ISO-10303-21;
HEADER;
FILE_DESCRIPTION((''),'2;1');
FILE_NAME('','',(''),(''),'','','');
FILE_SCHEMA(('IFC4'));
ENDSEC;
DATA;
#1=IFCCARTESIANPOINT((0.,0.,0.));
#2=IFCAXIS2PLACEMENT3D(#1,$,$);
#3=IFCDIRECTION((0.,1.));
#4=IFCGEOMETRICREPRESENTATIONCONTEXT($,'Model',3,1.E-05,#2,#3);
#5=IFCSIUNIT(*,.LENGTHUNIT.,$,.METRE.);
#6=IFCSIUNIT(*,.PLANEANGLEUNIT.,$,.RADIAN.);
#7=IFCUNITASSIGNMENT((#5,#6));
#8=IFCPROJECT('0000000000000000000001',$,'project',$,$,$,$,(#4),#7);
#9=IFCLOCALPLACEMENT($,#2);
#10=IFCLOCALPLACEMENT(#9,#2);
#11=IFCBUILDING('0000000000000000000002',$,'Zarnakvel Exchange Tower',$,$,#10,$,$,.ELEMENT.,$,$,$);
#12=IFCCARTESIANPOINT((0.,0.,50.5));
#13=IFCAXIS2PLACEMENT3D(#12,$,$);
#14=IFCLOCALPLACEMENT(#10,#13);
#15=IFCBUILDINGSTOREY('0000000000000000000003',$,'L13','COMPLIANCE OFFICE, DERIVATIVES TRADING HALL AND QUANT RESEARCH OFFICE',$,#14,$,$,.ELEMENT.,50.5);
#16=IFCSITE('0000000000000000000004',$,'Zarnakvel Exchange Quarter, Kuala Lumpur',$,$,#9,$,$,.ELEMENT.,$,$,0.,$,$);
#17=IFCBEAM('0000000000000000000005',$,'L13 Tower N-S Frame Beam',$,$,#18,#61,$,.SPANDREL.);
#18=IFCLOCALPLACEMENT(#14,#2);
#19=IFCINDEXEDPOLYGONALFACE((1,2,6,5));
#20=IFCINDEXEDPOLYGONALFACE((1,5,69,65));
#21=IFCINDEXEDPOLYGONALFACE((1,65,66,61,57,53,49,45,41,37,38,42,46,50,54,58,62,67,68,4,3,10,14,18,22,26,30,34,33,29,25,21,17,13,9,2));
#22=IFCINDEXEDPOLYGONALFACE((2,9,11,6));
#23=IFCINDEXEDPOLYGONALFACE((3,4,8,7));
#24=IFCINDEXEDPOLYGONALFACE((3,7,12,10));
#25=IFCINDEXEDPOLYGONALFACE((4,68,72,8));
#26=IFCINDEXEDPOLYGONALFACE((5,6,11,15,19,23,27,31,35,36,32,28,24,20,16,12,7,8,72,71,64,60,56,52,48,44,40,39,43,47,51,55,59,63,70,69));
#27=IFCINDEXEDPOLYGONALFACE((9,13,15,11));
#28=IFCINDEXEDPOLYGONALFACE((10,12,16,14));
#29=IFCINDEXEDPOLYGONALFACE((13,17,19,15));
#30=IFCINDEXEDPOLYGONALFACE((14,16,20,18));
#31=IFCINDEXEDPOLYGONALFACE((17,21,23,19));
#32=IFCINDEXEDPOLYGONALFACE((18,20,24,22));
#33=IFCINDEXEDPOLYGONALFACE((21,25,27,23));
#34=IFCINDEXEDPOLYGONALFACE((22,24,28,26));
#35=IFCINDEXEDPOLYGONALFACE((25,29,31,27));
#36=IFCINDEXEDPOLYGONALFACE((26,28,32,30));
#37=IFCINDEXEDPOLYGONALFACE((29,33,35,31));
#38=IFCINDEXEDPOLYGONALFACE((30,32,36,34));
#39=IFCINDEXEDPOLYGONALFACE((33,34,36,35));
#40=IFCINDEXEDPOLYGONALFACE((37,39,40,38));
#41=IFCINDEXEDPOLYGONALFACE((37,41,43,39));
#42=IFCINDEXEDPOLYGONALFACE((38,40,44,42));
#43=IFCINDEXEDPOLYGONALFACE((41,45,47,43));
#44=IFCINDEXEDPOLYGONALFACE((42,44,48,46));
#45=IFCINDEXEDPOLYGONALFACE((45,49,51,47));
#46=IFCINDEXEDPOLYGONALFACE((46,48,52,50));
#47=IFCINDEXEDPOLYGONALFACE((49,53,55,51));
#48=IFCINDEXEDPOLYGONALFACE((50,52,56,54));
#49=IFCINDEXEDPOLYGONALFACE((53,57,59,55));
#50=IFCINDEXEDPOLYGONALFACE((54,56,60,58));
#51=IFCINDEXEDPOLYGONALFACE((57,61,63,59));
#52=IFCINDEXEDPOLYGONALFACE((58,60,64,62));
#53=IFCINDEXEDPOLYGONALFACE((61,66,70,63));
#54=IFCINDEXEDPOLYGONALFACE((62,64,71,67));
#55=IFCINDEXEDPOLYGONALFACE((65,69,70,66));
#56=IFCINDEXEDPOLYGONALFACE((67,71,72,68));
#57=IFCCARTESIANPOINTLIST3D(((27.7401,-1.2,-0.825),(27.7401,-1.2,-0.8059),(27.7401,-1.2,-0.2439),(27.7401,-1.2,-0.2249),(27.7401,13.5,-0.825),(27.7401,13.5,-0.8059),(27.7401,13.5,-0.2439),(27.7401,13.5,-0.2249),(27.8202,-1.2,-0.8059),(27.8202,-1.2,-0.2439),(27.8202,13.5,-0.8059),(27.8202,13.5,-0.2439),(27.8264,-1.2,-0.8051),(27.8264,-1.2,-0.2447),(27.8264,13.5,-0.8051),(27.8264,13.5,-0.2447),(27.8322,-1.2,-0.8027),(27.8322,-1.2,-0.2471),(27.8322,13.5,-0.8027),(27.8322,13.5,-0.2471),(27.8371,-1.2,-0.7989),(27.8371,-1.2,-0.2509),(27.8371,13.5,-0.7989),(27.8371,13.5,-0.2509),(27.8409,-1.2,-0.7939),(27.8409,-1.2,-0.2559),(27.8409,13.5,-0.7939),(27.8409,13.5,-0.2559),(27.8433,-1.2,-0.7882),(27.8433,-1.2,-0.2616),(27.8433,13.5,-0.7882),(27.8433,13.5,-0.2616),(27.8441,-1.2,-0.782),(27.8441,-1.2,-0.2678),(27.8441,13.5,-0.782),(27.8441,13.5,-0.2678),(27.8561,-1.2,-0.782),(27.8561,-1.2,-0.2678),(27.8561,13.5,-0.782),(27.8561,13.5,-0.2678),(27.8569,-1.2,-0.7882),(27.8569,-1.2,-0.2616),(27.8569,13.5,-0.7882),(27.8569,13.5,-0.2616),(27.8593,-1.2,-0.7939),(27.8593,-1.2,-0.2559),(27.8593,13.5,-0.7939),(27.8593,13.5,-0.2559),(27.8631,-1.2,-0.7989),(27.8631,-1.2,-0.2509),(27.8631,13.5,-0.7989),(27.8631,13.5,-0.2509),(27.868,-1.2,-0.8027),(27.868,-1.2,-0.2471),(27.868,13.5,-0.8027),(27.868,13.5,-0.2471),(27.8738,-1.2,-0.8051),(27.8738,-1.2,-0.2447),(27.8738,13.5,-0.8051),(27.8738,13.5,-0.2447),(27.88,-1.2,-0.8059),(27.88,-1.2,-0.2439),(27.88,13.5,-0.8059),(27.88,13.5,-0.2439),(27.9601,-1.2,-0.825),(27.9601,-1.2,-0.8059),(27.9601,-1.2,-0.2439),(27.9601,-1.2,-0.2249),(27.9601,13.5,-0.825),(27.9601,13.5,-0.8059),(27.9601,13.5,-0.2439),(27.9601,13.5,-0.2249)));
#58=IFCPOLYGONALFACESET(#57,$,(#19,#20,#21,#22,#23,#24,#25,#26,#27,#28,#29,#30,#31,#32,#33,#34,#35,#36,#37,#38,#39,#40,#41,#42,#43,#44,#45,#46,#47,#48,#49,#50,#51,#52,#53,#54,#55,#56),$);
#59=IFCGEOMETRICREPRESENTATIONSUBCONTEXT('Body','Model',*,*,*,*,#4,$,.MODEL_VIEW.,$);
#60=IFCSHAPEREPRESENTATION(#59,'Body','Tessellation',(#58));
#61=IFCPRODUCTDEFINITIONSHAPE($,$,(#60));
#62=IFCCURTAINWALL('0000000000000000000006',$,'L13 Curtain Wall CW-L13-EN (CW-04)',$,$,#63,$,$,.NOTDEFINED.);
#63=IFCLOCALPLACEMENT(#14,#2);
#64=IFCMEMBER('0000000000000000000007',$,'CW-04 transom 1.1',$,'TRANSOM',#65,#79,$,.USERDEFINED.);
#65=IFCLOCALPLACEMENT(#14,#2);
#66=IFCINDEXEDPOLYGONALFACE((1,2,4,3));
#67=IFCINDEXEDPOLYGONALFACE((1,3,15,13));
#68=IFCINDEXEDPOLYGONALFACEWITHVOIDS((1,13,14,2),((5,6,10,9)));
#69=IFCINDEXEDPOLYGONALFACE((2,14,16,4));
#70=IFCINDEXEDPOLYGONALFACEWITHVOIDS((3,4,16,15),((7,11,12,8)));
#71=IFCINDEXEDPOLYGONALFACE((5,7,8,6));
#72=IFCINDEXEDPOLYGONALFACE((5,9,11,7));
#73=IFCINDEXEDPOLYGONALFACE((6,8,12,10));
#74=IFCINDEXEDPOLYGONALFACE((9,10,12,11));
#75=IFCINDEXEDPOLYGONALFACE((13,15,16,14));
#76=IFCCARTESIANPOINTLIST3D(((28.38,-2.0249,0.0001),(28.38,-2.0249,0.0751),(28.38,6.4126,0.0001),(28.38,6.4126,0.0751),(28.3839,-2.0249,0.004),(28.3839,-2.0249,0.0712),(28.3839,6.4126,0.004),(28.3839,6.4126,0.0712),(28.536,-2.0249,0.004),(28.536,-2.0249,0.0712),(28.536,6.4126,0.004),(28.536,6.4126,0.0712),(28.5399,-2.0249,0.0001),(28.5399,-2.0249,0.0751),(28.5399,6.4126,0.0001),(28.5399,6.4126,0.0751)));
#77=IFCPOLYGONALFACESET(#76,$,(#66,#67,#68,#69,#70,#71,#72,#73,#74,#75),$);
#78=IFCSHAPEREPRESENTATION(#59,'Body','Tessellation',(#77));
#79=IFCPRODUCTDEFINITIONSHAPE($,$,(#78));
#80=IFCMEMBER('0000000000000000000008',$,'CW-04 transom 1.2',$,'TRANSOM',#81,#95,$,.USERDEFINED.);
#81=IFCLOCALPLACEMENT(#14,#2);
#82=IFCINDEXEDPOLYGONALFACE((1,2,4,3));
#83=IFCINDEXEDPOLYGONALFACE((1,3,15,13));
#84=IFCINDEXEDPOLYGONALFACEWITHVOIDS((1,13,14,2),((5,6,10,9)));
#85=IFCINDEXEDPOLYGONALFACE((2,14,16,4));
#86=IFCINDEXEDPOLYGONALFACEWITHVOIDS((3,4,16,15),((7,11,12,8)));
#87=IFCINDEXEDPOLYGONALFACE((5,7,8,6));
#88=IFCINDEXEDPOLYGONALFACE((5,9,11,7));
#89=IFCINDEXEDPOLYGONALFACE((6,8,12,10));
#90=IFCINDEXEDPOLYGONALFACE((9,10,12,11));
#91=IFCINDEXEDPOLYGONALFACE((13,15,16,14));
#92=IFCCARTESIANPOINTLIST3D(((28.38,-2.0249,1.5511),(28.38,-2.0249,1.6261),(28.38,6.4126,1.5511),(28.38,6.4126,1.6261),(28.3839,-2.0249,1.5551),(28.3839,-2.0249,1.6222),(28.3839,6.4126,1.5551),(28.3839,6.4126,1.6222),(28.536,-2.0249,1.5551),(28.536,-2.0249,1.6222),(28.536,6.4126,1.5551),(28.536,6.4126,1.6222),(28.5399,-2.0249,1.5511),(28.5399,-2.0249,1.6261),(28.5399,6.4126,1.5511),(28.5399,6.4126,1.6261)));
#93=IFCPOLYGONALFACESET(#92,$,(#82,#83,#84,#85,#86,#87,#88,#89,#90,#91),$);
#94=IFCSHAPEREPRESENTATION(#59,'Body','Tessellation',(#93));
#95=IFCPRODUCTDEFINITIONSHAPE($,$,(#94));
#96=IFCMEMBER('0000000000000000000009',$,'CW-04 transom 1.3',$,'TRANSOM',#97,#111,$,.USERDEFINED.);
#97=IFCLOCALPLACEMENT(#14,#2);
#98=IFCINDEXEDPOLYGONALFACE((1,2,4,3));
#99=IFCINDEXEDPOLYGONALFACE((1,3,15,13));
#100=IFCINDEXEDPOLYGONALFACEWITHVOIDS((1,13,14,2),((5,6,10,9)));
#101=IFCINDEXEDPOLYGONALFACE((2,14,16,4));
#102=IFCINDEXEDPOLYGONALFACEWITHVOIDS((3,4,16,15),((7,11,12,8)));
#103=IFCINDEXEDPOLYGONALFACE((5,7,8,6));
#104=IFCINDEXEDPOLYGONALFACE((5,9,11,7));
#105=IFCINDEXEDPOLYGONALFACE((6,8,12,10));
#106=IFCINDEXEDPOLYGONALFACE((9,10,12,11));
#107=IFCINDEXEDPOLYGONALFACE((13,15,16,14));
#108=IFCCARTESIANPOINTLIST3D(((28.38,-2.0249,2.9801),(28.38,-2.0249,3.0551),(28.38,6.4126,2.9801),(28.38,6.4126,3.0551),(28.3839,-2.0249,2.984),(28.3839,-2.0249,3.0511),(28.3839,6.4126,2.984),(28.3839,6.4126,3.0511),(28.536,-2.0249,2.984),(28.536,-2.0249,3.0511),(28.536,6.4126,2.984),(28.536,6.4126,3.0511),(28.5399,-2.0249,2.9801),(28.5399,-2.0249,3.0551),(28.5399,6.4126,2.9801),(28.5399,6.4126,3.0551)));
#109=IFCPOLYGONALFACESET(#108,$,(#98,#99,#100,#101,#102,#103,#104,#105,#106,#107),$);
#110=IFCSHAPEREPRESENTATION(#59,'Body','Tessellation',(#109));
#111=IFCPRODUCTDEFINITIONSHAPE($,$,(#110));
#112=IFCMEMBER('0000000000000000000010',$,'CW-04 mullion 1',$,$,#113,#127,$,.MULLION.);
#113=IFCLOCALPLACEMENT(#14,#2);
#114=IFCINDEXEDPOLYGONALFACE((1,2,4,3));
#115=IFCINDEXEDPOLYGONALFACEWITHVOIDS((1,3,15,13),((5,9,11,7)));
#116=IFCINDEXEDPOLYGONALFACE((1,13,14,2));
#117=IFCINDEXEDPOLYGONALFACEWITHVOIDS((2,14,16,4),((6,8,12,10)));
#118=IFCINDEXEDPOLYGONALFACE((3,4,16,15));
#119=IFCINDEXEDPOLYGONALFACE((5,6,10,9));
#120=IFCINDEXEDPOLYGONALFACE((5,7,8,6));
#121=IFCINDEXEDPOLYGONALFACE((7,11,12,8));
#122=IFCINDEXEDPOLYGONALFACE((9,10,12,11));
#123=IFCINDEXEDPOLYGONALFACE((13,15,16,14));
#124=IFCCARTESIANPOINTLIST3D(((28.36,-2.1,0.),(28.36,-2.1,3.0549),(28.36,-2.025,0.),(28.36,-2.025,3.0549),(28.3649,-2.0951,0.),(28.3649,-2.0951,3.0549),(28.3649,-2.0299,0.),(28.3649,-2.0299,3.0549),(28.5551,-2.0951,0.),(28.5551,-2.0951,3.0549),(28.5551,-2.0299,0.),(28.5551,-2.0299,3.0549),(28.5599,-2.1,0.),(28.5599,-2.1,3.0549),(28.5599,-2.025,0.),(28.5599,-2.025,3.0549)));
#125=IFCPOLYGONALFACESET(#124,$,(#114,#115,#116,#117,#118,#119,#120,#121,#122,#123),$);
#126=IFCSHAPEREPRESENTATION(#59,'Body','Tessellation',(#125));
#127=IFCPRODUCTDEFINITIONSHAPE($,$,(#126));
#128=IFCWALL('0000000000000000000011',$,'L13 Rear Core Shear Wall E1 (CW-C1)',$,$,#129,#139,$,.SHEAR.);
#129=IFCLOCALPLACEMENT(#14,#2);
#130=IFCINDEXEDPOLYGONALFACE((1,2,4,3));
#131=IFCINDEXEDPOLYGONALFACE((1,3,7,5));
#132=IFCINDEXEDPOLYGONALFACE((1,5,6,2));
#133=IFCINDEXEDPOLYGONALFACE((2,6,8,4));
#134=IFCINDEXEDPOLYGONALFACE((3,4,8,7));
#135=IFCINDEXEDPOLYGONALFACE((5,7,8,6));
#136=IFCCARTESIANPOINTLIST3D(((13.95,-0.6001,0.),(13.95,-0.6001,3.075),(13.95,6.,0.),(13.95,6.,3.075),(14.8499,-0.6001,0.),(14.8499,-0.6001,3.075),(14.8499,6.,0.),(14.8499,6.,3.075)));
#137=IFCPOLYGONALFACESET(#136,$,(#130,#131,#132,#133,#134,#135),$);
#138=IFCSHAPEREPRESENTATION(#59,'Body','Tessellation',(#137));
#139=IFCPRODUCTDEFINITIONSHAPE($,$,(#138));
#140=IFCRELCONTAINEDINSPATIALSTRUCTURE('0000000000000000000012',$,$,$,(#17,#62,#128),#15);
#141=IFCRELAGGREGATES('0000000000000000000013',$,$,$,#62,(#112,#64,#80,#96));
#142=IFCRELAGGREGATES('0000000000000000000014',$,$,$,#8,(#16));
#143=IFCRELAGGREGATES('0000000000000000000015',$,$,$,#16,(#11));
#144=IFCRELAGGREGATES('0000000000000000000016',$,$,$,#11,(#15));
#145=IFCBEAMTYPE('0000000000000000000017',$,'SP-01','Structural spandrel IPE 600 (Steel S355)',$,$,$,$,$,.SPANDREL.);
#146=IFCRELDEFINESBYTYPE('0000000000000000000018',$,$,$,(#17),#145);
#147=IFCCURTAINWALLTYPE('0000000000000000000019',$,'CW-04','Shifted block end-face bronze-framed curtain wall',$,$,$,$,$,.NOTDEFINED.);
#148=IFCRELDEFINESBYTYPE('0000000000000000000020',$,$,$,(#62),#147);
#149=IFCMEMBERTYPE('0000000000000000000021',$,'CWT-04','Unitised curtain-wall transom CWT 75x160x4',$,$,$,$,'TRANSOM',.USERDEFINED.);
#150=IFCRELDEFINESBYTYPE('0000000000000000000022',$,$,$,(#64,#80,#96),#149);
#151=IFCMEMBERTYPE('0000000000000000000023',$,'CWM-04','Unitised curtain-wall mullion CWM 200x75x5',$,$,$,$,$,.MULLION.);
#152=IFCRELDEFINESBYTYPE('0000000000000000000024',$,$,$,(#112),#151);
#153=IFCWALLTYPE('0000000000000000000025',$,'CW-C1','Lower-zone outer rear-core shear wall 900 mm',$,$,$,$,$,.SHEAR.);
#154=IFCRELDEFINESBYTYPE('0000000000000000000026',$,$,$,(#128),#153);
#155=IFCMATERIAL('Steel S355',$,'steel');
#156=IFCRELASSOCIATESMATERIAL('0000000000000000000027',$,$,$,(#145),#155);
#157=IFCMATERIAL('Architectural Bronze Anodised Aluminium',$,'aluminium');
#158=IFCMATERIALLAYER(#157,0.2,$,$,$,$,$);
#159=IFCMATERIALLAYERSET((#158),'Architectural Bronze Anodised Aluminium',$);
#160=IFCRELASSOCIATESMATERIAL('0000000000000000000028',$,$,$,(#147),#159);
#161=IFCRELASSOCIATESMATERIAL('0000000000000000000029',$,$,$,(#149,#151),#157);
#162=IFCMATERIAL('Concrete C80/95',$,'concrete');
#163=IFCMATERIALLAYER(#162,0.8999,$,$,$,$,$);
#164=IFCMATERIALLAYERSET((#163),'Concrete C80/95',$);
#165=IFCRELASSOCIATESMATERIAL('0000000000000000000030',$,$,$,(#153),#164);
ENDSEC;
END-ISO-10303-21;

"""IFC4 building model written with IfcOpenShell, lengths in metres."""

from ifc_helpers import new_model, si_unit, direction, frame, frame_2d, origin, origin_2d, place, context, subcontext, project, spatial, rectangle, hollow_rectangle, i_section, extrude, source, transform, mapped, material, layer, layer_set, material_profile, profile_set, type_object, element, aggregate, save


model = new_model("IFC4")

# Units and contexts
model_context = context("Model", 3, precision=1e-05, world=origin(), true_north=direction((0.0, 1.0)))
body_context = subcontext(model_context, "Body", "Model", "MODEL_VIEW")
ifc_project = project(units=[si_unit("LENGTHUNIT", "METRE"), si_unit("PLANEANGLEUNIT", "RADIAN")], contexts=[model_context])

# Site, building, storey
site_placement = place(None, origin())
site = spatial("IfcSite", under=ifc_project, at=site_placement, Name="Zarnakvel Exchange Quarter, Kuala Lumpur", CompositionType="ELEMENT", RefElevation=0.0)
building_placement = place(site_placement, origin())
building = spatial("IfcBuilding", under=site, at=building_placement, Name="Zarnakvel Exchange Tower", CompositionType="ELEMENT")
storey_placement = place(building_placement, frame((0.0, 0.0, 50.5)))
storey = spatial("IfcBuildingStorey", under=building, at=storey_placement, Name="L13", Description="COMPLIANCE OFFICE, DERIVATIVES TRADING HALL AND QUANT RESEARCH OFFICE", CompositionType="ELEMENT", Elevation=50.5)

# Shared definitions
ifc_material_1 = material(Name="Concrete C80/95", Category="concrete")
ifc_material_2 = material(Name="Steel S355", Category="steel")

# Beam
ifc_material_profile_1 = material_profile(ifc_material_2, i_section(OverallWidth=0.22, OverallDepth=0.6001, WebThickness=0.012, FlangeThickness=0.019, FilletRadius=0.0239, at=origin_2d()))
ifc_profile_set_1 = profile_set([ifc_material_profile_1], Name="Steel S355")
beam_type_1 = type_object("IfcBeamType", Name="SP-01", Description="Structural spandrel IPE 600 (Steel S355)", PredefinedType="SPANDREL", material=ifc_profile_set_1)
beam_1_placement = place(storey_placement, frame((27.8501, -1.2, -0.5249), z_axis=(0.0, 1.0, 0.0), x_axis=(-1.0, 0.0, 0.0)))
element("IfcBeam", 1, at=beam_1_placement, inside=storey, type_object=beam_type_1, Name="L13 Tower N-S Frame Beam", PredefinedType="SPANDREL", context=body_context, shape_type="SweptSolid", body=[
    extrude(i_section(OverallWidth=0.22, OverallDepth=0.6001, WebThickness=0.012, FlangeThickness=0.019, FilletRadius=0.0239, at=origin_2d()), origin(), (0.0, 0.0, 1.0), 14.7),
])

# Curtain wall, members
ifc_material_3 = material(Name="Architectural Bronze Anodised Aluminium", Category="aluminium")
ifc_layer_1 = layer(ifc_material_3, 0.2)
ifc_layer_set_1 = layer_set([ifc_layer_1], Name="Architectural Bronze Anodised Aluminium")
curtain_wall_type = type_object("IfcCurtainWallType", Name="CW-04", Description="Shifted block end-face bronze-framed curtain wall", PredefinedType="NOTDEFINED", material=ifc_layer_set_1)
curtain_wall_placement = place(storey_placement, origin())
curtain_wall = element("IfcCurtainWall", 2, at=curtain_wall_placement, inside=storey, type_object=curtain_wall_type, Name="L13 Curtain Wall CW-L13-EN (CW-04)", PredefinedType="NOTDEFINED")
ifc_material_profile_2 = material_profile(ifc_material_3, hollow_rectangle(XDim=0.1599, YDim=0.075, WallThickness=0.0039, at=origin_2d()))
ifc_profile_set_2 = profile_set([ifc_material_profile_2], Name="Architectural Bronze Anodised Aluminium")
member_type_1 = type_object("IfcMemberType", Name="CWT-04", Description="Unitised curtain-wall transom CWT 75x160x4", ElementType="TRANSOM", PredefinedType="USERDEFINED", material=ifc_profile_set_2)
shared_shape_1 = source(origin(), body_context, "Body", "SweptSolid", [
    extrude(hollow_rectangle(XDim=0.1599, YDim=0.075, WallThickness=0.0039, at=origin_2d()), origin(), (0.0, 0.0, 1.0), 8.4375),
])
member_1_placement = place(storey_placement, frame((28.46, -2.0249, 0.0376), z_axis=(0.0, 1.0, 0.0), x_axis=(-1.0, 0.0, 0.0)))
member_1 = element("IfcMember", 3, at=member_1_placement, type_object=member_type_1, Name="CW-04 transom 1.1", ObjectType="TRANSOM", PredefinedType="USERDEFINED", context=body_context, shape_type="MappedRepresentation", body=[
    mapped(shared_shape_1, transform((0.0, 0.0, 0.0), x_axis=(1.0, 0.0, 0.0), y_axis=(0.0, 1.0, 0.0), z_axis=(0.0, 0.0, 1.0), scale=1.0)),
])
member_2_placement = place(storey_placement, frame((28.46, -2.0249, 1.5886), z_axis=(0.0, 1.0, 0.0), x_axis=(-1.0, 0.0, 0.0)))
member_2 = element("IfcMember", 4, at=member_2_placement, type_object=member_type_1, Name="CW-04 transom 1.2", ObjectType="TRANSOM", PredefinedType="USERDEFINED", context=body_context, shape_type="MappedRepresentation", body=[
    mapped(shared_shape_1, transform((0.0, 0.0, 0.0), x_axis=(1.0, 0.0, 0.0), y_axis=(0.0, 1.0, 0.0), z_axis=(0.0, 0.0, 1.0), scale=1.0)),
])
member_3_placement = place(storey_placement, frame((28.46, -2.0249, 3.0176), z_axis=(0.0, 1.0, 0.0), x_axis=(-1.0, 0.0, 0.0)))
member_3 = element("IfcMember", 5, at=member_3_placement, type_object=member_type_1, Name="CW-04 transom 1.3", ObjectType="TRANSOM", PredefinedType="USERDEFINED", context=body_context, shape_type="MappedRepresentation", body=[
    mapped(shared_shape_1, transform((0.0, 0.0, 0.0), x_axis=(1.0, 0.0, 0.0), y_axis=(0.0, 1.0, 0.0), z_axis=(0.0, 0.0, 1.0), scale=1.0)),
])
ifc_material_profile_3 = material_profile(ifc_material_3, hollow_rectangle(XDim=0.2, YDim=0.075, WallThickness=0.0049, at=origin_2d()))
ifc_profile_set_3 = profile_set([ifc_material_profile_3], Name="Architectural Bronze Anodised Aluminium")
member_type_2 = type_object("IfcMemberType", Name="CWM-04", Description="Unitised curtain-wall mullion CWM 200x75x5", PredefinedType="MULLION", material=ifc_profile_set_3)
shared_shape_2 = source(origin(), body_context, "Body", "SweptSolid", [
    extrude(hollow_rectangle(XDim=0.2, YDim=0.075, WallThickness=0.0049, at=origin_2d()), origin(), (0.0, 0.0, 1.0), 3.0549),
])
member_4_placement = place(storey_placement, frame((28.46, -2.0625, 0.0), z_axis=(0.0, 0.0, 1.0), x_axis=(-1.0, 0.0, 0.0)))
member_4 = element("IfcMember", 6, at=member_4_placement, type_object=member_type_2, Name="CW-04 mullion 1", PredefinedType="MULLION", context=body_context, shape_type="MappedRepresentation", body=[
    mapped(shared_shape_2, transform((0.0, 0.0, 0.0), x_axis=(1.0, 0.0, 0.0), y_axis=(0.0, 1.0, 0.0), z_axis=(0.0, 0.0, 1.0), scale=1.0)),
])
aggregate(curtain_wall, [member_4, member_1, member_2, member_3])

# Wall
ifc_layer_2 = layer(ifc_material_1, 0.8999)
ifc_layer_set_2 = layer_set([ifc_layer_2], Name="Concrete C80/95")
wall_type_1 = type_object("IfcWallType", Name="CW-C1", Description="Lower-zone outer rear-core shear wall 900 mm", PredefinedType="SHEAR", material=ifc_layer_set_2)
wall_1_placement = place(storey_placement, frame((14.3999, -0.6001, 0.0), z_axis=(0.0, 0.0, 1.0), x_axis=(0.0, 1.0, 0.0)))
element("IfcWall", 7, at=wall_1_placement, inside=storey, type_object=wall_type_1, Name="L13 Rear Core Shear Wall E1 (CW-C1)", PredefinedType="SHEAR", context=body_context, shape_type="SweptSolid", body=[
    extrude(rectangle(XDim=6.6001, YDim=0.8999, at=frame_2d((3.3, 0.0))), origin(), (0.0, 0.0, 1.0), 3.075),
])

save(model, "model.ifc")
